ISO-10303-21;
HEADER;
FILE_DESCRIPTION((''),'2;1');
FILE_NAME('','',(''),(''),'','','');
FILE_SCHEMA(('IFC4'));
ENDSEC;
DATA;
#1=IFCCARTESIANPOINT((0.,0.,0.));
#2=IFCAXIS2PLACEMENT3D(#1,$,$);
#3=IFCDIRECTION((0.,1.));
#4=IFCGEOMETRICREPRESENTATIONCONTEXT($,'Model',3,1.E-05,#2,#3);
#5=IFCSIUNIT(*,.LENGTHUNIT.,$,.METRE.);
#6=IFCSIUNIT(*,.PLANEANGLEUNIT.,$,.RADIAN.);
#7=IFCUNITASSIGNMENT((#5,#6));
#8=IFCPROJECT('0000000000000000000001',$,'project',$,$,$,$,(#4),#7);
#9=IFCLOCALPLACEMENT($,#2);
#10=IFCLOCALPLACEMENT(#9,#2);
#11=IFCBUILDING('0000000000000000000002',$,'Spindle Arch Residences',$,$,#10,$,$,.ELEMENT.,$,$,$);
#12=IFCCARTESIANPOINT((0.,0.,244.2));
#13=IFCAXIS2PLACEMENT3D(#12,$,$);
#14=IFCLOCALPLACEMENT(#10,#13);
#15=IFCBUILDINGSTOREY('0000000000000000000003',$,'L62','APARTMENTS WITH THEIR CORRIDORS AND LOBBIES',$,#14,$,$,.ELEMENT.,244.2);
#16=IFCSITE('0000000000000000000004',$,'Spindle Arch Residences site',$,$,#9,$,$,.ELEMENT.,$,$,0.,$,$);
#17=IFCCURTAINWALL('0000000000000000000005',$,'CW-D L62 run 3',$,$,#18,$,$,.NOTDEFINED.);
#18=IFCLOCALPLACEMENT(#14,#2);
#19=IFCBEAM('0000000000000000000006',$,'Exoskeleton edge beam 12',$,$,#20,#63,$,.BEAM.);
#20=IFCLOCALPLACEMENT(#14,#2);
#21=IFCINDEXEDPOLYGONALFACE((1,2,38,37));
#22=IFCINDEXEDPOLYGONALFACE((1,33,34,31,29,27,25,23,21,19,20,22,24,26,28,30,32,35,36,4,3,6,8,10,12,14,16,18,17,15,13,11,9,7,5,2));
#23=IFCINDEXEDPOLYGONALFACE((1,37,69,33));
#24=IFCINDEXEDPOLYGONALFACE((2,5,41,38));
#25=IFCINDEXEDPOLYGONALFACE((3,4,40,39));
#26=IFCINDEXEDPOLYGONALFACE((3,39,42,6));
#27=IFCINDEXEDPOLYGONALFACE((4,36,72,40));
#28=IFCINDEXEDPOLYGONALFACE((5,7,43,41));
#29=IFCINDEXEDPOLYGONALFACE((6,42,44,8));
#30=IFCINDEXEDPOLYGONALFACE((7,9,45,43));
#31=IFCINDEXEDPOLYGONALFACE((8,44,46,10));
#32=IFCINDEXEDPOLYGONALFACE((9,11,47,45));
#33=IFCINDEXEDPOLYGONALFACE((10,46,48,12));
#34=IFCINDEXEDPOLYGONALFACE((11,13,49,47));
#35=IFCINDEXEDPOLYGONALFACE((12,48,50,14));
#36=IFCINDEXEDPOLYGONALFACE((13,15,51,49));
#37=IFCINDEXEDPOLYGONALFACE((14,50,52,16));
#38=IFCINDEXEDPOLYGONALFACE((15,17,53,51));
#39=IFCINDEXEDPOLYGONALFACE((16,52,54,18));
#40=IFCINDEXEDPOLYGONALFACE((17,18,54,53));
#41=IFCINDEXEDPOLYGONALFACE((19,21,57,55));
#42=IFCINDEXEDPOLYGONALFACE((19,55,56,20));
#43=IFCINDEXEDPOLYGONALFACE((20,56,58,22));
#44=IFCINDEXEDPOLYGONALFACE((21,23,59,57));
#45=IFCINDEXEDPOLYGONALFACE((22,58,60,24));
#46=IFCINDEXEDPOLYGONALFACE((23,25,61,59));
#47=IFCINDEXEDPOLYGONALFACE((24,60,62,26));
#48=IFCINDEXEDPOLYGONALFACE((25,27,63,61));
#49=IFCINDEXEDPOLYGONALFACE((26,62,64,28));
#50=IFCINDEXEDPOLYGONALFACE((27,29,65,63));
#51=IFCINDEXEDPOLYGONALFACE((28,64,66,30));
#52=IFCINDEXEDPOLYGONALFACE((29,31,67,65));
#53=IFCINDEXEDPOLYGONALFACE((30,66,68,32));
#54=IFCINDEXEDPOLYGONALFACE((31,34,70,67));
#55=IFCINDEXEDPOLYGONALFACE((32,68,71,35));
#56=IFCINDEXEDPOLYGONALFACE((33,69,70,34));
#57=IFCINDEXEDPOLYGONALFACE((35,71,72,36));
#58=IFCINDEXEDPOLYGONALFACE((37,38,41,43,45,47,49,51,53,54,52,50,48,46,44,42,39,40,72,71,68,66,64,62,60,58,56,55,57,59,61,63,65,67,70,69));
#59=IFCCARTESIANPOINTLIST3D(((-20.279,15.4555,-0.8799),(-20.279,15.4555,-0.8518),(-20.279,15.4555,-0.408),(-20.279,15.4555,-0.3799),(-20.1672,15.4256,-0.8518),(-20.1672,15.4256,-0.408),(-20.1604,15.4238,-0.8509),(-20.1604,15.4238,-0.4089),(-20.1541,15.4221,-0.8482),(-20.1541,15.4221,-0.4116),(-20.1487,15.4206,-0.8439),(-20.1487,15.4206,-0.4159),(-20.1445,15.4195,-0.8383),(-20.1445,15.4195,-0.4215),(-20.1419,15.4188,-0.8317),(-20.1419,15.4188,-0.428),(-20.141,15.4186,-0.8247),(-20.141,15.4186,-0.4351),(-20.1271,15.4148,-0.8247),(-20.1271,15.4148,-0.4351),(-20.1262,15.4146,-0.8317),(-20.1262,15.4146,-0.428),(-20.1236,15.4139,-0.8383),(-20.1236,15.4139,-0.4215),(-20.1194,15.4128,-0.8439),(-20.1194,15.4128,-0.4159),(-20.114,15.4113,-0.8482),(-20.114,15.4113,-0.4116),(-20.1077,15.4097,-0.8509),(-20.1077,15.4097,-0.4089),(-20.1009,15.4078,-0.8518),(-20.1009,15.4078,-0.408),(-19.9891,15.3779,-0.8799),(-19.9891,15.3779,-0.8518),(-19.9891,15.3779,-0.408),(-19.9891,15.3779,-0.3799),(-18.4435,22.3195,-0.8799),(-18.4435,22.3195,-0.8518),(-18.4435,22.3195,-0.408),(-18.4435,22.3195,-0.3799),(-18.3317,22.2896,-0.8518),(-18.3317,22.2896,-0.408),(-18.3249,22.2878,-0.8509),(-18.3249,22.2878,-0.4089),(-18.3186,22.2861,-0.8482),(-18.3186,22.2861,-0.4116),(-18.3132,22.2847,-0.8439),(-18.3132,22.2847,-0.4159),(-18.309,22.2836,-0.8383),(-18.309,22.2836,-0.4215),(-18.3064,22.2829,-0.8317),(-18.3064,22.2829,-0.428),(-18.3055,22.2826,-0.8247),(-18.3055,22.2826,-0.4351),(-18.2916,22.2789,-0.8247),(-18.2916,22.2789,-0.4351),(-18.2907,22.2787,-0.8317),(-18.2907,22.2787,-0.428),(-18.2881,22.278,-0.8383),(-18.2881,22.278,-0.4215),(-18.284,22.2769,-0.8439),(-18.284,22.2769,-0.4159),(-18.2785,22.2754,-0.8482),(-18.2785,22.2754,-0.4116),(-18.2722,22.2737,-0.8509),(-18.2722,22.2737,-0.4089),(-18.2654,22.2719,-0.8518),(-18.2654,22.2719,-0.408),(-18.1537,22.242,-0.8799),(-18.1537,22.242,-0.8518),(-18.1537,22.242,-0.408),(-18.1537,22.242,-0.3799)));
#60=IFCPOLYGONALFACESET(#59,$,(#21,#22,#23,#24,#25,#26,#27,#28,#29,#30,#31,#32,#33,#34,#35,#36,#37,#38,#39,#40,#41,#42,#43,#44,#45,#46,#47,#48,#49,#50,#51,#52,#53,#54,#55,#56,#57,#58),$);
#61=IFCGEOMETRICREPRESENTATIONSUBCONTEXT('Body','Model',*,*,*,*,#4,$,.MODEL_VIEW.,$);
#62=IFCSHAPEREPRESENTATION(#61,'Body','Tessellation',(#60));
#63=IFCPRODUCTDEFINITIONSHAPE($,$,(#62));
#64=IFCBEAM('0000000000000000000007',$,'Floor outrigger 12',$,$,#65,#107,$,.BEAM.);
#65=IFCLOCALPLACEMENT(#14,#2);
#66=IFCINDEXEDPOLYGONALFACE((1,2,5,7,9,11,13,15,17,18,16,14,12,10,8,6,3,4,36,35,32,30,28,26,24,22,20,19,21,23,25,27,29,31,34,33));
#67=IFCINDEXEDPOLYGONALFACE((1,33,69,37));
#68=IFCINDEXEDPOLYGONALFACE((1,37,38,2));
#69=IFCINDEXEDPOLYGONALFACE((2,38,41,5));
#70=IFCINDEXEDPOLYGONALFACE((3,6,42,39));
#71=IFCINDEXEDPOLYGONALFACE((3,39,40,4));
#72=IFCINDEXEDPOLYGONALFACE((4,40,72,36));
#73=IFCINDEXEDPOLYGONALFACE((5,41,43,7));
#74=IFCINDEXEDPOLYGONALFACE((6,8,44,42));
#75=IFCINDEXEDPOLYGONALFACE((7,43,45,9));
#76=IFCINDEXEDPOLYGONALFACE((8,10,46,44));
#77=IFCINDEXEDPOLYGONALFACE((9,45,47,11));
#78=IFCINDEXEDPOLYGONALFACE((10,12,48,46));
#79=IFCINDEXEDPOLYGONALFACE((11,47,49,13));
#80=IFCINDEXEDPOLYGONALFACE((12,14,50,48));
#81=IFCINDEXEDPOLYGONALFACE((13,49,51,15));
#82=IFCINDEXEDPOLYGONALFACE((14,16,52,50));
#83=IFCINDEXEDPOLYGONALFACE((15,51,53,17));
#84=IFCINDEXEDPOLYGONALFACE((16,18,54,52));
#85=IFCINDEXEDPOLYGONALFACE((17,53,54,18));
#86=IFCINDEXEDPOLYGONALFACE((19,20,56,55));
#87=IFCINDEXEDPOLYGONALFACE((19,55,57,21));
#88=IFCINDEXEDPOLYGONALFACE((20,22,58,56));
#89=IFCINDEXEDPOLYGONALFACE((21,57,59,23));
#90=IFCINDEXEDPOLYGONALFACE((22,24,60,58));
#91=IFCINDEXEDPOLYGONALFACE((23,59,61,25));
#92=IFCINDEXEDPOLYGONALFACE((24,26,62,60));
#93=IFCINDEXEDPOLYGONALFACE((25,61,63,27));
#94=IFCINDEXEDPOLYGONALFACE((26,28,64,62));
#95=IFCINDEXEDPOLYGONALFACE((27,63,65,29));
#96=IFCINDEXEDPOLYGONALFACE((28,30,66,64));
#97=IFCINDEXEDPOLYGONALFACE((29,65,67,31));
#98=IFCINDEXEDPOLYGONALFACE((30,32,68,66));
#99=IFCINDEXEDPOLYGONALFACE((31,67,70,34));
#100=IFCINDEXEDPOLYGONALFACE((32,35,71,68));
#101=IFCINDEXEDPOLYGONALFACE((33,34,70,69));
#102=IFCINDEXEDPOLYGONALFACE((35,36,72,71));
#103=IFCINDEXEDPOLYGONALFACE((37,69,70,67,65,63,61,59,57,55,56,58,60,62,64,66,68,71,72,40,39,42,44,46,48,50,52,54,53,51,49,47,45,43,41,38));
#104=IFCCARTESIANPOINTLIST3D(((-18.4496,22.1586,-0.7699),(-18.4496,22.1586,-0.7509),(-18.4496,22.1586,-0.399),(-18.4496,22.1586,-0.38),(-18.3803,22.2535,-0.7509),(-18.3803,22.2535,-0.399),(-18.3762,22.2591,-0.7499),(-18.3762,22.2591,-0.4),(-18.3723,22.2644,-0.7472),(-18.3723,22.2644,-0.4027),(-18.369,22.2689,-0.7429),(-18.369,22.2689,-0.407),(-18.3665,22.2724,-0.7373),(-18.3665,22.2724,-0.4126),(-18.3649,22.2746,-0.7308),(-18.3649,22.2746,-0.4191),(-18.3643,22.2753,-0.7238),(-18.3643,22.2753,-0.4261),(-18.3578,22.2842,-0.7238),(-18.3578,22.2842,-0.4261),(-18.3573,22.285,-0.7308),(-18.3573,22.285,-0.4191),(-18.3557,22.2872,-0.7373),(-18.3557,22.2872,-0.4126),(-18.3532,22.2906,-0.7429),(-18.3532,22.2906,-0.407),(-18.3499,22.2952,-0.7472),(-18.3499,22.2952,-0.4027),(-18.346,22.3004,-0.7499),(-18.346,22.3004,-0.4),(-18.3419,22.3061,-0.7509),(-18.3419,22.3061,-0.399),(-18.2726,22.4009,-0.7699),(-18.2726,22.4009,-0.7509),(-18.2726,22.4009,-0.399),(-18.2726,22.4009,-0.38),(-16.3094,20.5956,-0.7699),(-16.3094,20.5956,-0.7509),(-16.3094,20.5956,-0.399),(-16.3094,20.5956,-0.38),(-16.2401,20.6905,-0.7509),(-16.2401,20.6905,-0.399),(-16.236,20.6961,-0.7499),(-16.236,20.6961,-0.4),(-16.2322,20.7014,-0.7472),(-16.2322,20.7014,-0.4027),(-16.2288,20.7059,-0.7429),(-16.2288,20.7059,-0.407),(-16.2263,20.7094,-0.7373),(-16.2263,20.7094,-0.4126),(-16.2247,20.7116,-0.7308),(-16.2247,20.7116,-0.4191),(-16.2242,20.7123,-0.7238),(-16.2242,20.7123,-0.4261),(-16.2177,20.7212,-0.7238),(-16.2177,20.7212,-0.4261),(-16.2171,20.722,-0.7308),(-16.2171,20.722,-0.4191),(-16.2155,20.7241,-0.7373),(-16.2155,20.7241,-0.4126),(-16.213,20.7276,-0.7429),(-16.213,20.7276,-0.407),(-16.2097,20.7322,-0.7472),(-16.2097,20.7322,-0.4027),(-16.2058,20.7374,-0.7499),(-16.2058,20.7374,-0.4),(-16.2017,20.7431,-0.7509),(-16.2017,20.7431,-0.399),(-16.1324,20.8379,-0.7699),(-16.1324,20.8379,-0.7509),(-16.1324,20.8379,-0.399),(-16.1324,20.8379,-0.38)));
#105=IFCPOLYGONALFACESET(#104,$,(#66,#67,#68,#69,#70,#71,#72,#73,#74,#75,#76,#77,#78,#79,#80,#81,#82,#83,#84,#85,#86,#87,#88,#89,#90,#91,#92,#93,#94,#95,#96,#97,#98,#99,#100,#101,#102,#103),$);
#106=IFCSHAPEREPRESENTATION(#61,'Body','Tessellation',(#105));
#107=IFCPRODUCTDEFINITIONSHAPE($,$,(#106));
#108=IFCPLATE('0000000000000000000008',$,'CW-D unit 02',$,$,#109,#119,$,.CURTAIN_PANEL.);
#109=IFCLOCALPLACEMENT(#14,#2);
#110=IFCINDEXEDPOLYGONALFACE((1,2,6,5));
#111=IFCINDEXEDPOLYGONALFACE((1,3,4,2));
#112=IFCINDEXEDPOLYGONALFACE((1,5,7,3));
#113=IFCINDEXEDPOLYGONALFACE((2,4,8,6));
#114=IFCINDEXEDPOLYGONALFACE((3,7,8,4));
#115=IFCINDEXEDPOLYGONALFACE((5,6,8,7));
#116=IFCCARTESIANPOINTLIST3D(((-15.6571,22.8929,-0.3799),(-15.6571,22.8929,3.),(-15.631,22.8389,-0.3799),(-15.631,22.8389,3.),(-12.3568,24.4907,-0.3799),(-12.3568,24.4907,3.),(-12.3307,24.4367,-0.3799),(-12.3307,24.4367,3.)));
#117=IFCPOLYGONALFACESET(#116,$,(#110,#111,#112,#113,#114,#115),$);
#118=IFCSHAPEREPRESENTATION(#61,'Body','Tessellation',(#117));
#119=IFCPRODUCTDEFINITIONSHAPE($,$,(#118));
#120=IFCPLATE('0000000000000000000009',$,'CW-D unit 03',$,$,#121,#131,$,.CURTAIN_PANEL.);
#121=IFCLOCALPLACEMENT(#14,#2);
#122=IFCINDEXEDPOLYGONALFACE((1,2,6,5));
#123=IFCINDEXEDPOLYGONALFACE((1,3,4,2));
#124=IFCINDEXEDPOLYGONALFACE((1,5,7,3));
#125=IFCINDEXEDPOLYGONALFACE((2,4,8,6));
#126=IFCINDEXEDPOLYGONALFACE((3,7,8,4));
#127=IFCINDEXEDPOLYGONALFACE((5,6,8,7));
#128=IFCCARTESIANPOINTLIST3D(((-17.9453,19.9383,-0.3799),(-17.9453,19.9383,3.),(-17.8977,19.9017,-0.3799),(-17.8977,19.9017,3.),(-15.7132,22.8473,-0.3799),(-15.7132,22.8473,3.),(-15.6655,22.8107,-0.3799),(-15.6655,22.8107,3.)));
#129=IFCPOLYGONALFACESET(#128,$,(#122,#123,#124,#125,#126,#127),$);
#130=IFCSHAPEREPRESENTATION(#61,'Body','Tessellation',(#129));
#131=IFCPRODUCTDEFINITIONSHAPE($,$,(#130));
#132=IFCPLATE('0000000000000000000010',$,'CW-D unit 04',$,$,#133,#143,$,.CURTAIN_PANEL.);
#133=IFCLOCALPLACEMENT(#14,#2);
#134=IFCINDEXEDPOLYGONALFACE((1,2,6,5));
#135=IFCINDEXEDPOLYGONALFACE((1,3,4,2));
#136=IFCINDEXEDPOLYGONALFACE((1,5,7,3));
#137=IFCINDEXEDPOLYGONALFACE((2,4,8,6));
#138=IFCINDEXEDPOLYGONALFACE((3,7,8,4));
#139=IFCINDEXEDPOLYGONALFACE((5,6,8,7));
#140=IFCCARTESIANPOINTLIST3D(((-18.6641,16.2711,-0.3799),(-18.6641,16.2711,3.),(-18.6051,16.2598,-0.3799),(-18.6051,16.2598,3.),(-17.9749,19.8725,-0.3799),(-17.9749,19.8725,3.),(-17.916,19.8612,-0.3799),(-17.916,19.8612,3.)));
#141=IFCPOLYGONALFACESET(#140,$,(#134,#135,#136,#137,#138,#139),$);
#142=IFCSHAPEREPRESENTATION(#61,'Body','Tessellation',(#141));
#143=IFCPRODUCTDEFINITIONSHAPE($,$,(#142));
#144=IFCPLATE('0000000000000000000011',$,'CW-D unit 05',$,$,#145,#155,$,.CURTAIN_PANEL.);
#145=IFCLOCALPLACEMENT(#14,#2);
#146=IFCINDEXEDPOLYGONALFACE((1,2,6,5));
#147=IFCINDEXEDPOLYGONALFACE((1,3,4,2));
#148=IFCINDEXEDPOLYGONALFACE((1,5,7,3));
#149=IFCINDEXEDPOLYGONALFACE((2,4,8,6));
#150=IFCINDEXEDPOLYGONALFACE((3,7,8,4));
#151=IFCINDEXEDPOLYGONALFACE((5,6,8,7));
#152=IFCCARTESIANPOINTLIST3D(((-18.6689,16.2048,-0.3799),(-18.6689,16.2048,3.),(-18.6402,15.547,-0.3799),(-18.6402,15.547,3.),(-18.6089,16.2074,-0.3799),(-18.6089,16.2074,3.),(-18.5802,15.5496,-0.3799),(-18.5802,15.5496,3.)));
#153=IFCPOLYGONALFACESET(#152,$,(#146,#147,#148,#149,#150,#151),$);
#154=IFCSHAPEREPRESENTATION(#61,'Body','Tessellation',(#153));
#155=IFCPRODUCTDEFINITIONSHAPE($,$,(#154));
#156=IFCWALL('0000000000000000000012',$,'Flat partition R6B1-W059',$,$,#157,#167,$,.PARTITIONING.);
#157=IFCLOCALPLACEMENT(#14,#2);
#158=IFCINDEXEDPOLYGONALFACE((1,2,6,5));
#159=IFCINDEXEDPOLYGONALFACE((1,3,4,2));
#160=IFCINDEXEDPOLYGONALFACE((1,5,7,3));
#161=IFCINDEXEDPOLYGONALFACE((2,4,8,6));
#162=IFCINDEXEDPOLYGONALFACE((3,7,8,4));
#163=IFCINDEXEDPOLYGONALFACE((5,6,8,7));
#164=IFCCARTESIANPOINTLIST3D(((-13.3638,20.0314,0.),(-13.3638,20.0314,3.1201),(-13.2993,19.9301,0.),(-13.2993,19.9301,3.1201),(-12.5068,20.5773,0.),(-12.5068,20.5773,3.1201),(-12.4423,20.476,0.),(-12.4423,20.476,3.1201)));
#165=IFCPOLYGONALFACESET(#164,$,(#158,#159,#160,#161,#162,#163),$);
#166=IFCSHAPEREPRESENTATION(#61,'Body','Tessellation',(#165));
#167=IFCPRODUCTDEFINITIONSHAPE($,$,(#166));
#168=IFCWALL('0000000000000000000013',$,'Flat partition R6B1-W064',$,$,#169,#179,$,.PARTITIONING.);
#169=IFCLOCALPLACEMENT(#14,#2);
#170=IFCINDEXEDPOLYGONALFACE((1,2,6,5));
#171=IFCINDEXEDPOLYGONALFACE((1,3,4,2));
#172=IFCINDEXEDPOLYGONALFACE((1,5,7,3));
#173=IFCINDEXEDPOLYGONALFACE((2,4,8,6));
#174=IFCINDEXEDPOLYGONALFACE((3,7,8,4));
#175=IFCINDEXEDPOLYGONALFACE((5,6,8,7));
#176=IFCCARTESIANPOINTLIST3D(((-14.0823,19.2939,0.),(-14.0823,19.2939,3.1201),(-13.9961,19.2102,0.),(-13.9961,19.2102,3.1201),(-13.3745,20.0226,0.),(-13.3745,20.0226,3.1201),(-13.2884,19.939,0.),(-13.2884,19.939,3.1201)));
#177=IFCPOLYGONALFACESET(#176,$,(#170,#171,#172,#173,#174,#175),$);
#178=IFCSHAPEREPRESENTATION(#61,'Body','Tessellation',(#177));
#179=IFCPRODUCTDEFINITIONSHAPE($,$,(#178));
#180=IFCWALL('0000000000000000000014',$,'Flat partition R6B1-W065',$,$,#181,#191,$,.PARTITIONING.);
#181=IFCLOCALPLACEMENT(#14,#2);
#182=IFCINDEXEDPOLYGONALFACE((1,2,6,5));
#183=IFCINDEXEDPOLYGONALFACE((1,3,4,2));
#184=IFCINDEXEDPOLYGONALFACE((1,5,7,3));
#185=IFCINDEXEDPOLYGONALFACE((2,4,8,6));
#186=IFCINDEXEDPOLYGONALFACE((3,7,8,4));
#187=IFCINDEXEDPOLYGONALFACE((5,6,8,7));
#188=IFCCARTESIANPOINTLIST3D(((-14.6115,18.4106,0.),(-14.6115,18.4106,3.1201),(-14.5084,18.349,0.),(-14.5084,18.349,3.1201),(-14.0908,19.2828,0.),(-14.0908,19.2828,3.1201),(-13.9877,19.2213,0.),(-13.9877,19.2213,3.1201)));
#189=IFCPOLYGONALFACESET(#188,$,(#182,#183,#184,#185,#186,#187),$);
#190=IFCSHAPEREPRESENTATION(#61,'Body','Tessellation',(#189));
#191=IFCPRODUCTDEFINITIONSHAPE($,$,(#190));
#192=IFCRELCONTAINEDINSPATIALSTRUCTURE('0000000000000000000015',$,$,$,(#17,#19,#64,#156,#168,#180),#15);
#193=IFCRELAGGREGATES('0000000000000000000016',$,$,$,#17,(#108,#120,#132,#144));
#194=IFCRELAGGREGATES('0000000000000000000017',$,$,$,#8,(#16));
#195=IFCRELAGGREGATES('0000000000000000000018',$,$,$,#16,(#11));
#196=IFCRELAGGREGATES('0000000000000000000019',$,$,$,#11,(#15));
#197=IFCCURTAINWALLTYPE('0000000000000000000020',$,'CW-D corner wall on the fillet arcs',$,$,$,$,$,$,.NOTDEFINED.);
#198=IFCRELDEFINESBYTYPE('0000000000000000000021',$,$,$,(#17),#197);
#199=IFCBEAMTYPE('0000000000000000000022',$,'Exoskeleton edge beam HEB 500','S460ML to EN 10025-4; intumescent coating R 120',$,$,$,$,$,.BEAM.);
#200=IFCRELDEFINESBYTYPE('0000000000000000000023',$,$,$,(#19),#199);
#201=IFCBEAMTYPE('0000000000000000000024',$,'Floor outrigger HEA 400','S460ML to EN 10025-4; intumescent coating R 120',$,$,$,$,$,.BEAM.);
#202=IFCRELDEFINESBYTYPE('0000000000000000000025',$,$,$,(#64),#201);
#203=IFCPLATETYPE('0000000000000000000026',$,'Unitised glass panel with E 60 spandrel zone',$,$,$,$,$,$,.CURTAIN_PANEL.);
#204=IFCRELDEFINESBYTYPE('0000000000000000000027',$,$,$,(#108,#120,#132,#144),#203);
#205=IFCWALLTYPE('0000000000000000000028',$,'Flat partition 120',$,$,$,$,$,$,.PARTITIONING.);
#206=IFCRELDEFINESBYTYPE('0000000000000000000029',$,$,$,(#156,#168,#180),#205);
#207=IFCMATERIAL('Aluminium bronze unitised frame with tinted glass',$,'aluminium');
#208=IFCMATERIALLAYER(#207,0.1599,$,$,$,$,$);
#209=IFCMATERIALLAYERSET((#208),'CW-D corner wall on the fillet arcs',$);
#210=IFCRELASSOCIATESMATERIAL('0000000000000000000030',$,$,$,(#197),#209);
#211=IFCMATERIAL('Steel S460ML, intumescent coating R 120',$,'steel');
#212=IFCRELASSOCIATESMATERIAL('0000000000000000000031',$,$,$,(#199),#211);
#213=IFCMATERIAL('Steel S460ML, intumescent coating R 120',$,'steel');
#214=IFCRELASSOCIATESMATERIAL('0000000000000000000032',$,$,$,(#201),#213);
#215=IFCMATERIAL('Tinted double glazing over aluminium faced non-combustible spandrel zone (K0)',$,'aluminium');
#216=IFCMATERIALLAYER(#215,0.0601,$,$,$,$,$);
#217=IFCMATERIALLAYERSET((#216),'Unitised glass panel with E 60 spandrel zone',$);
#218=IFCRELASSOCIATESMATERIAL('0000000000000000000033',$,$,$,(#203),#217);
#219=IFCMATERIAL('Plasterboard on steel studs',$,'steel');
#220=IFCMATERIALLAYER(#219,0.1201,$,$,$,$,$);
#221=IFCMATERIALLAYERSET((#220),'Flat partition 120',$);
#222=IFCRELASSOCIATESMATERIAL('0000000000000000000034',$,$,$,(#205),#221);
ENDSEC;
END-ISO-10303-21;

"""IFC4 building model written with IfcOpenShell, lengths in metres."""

from ifc_helpers import new_model, si_unit, direction, frame, frame_2d, origin, origin_2d, place, context, subcontext, project, spatial, rectangle, i_section, extrude, material, layer, layer_set, material_profile, profile_set, type_object, element, aggregate, save


model = new_model("IFC4")

# Units and contexts
model_context = context("Model", 3, precision=1e-05, world=origin(), true_north=direction((0.0, 1.0)))
body_context = subcontext(model_context, "Body", "Model", "MODEL_VIEW")
ifc_project = project(units=[si_unit("LENGTHUNIT", "METRE"), si_unit("PLANEANGLEUNIT", "RADIAN")], contexts=[model_context])

# Site, building, storey
site_placement = place(None, origin())
site = spatial("IfcSite", under=ifc_project, at=site_placement, Name="Spindle Arch Residences site", CompositionType="ELEMENT", RefElevation=0.0)
building_placement = place(site_placement, origin())
building = spatial("IfcBuilding", under=site, at=building_placement, Name="Spindle Arch Residences", CompositionType="ELEMENT")
storey_placement = place(building_placement, frame((0.0, 0.0, 244.2)))
storey = spatial("IfcBuildingStorey", under=building, at=storey_placement, Name="L62", Description="APARTMENTS WITH THEIR CORRIDORS AND LOBBIES", CompositionType="ELEMENT", Elevation=244.2)

# Curtain wall
ifc_material_1 = material(Name="Aluminium bronze unitised frame with tinted glass", Category="aluminium")
ifc_layer_1 = layer(ifc_material_1, 0.1599)
ifc_layer_set_1 = layer_set([ifc_layer_1], Name="CW-D corner wall on the fillet arcs")
curtain_wall_type = type_object("IfcCurtainWallType", Name="CW-D corner wall on the fillet arcs", PredefinedType="NOTDEFINED", material=ifc_layer_set_1)
curtain_wall_placement = place(storey_placement, origin())
curtain_wall = element("IfcCurtainWall", 1, at=curtain_wall_placement, inside=storey, type_object=curtain_wall_type, Name="CW-D L62 run 3", PredefinedType="NOTDEFINED")

# Beams
ifc_material_2 = material(Name="Steel S460ML, intumescent coating R 120", Category="steel")
ifc_material_profile_1 = material_profile(ifc_material_2, i_section(OverallWidth=0.3, OverallDepth=0.5, WebThickness=0.0144, FlangeThickness=0.0281, FilletRadius=0.0271, at=origin_2d()), Name="HEB 500")
ifc_profile_set_1 = profile_set([ifc_material_profile_1], Name="Steel S460ML, intumescent coating R 120")
beam_type_1 = type_object("IfcBeamType", Name="Exoskeleton edge beam HEB 500", Description="S460ML to EN 10025-4; intumescent coating R 120", PredefinedType="BEAM", material=ifc_profile_set_1)
beam_1_placement = place(storey_placement, frame((-18.2986, 22.2808, -0.6299), z_axis=(-0.258326, -0.966058, 0.0), x_axis=(0.966058, -0.258326, 0.0)))
element("IfcBeam", 2, at=beam_1_placement, inside=storey, type_object=beam_type_1, Name="Exoskeleton edge beam 12", PredefinedType="BEAM", context=body_context, shape_type="SweptSolid", body=[
    extrude(i_section(OverallWidth=0.3, OverallDepth=0.5, WebThickness=0.0144, FlangeThickness=0.0281, FilletRadius=0.0271, at=origin_2d()), origin(), (0.0, 0.0, 1.0), 7.1052),
])
ifc_material_3 = material(Name="Steel S460ML, intumescent coating R 120", Category="steel")
ifc_material_profile_2 = material_profile(ifc_material_3, i_section(OverallWidth=0.3, OverallDepth=0.3899, WebThickness=0.011, FlangeThickness=0.019, FilletRadius=0.0271, at=origin_2d()), Name="HEA 400")
ifc_profile_set_2 = profile_set([ifc_material_profile_2], Name="Steel S460ML, intumescent coating R 120")
beam_type_2 = type_object("IfcBeamType", Name="Floor outrigger HEA 400", Description="S460ML to EN 10025-4; intumescent coating R 120", PredefinedType="BEAM", material=ifc_profile_set_2)
beam_2_placement = place(storey_placement, frame((-18.3611, 22.2798, -0.575), z_axis=(0.807563, -0.589781, 0.0), x_axis=(0.589781, 0.807563, 0.0)))
element("IfcBeam", 3, at=beam_2_placement, inside=storey, type_object=beam_type_2, Name="Floor outrigger 12", PredefinedType="BEAM", context=body_context, shape_type="SweptSolid", body=[
    extrude(i_section(OverallWidth=0.3, OverallDepth=0.3899, WebThickness=0.011, FlangeThickness=0.019, FilletRadius=0.0271, at=origin_2d()), origin(), (0.0, 0.0, 1.0), 2.6501),
])

# Plates
ifc_material_4 = material(Name="Tinted double glazing over aluminium faced non-combustible spandrel zone (K0)", Category="aluminium")
ifc_layer_2 = layer(ifc_material_4, 0.0601)
ifc_layer_set_2 = layer_set([ifc_layer_2], Name="Unitised glass panel with E 60 spandrel zone")
plate_type = type_object("IfcPlateType", Name="Unitised glass panel with E 60 spandrel zone", PredefinedType="CURTAIN_PANEL", material=ifc_layer_set_2)
plate_1_placement = place(storey_placement, frame((-13.9939, 23.6648, -0.3799), z_axis=(0.0, 0.0, 1.0), x_axis=(-0.900065, -0.435755, 0.0)))
plate_1 = element("IfcPlate", 4, at=plate_1_placement, type_object=plate_type, Name="CW-D unit 02", PredefinedType="CURTAIN_PANEL", context=body_context, shape_type="SweptSolid", body=[
    extrude(rectangle(XDim=3.6667, YDim=0.0601, at=origin_2d()), origin(), (0.0, 0.0, 1.0), 3.3799),
])
plate_2_placement = place(storey_placement, frame((-16.8054, 21.3745, -0.3799), z_axis=(0.0, 0.0, 1.0), x_axis=(-0.608761, -0.793353, 0.0)))
plate_2 = element("IfcPlate", 5, at=plate_2_placement, type_object=plate_type, Name="CW-D unit 03", PredefinedType="CURTAIN_PANEL", context=body_context, shape_type="SweptSolid", body=[
    extrude(rectangle(XDim=3.6667, YDim=0.0601, at=origin_2d()), origin(), (0.0, 0.0, 1.0), 3.3799),
])
plate_3_placement = place(storey_placement, frame((-18.29, 18.0662, -0.3799), z_axis=(0.0, 0.0, 1.0), x_axis=(-0.187953, -0.982178, 0.0)))
plate_3 = element("IfcPlate", 6, at=plate_3_placement, type_object=plate_type, Name="CW-D unit 04", PredefinedType="CURTAIN_PANEL", context=body_context, shape_type="SweptSolid", body=[
    extrude(rectangle(XDim=3.6667, YDim=0.0601, at=origin_2d()), origin(), (0.0, 0.0, 1.0), 3.3799),
])
plate_4_placement = place(storey_placement, frame((-18.6245, 15.8772, -0.3799), z_axis=(0.0, 0.0, 1.0), x_axis=(0.043619, -0.999048, 0.0)))
plate_4 = element("IfcPlate", 7, at=plate_4_placement, type_object=plate_type, Name="CW-D unit 05", PredefinedType="CURTAIN_PANEL", context=body_context, shape_type="SweptSolid", body=[
    extrude(rectangle(XDim=0.6584, YDim=0.0601, at=origin_2d()), origin(), (0.0, 0.0, 1.0), 3.3799),
])
aggregate(curtain_wall, [plate_1, plate_2, plate_3, plate_4])

# Walls
ifc_material_5 = material(Name="Plasterboard on steel studs", Category="steel")
ifc_layer_3 = layer(ifc_material_5, 0.1201)
ifc_layer_set_3 = layer_set([ifc_layer_3], Name="Flat partition 120")
wall_type_1 = type_object("IfcWallType", Name="Flat partition 120", PredefinedType="PARTITIONING", material=ifc_layer_set_3)
wall_1_placement = place(storey_placement, frame((-13.3315, 19.9807, 0.0), z_axis=(0.0, 0.0, 1.0), x_axis=(0.843404, 0.53728, 0.0)))
element("IfcWall", 8, at=wall_1_placement, inside=storey, type_object=wall_type_1, Name="Flat partition R6B1-W059", PredefinedType="PARTITIONING", context=body_context, shape_type="SweptSolid", body=[
    extrude(rectangle(XDim=1.0161, YDim=0.1201, at=frame_2d((0.5081, 0.0))), origin(), (0.0, 0.0, 1.0), 3.1201),
])
for number, where, z_axis, x_axis, name in (
    (9, (-13.3315, 19.9807, 0.0), (0.0, 0.0, 1.0), (-0.696697, -0.717365, 0.0), "Flat partition R6B1-W064"),
    (10, (-14.0393, 19.252, 0.0), (0.0, 0.0, 1.0), (-0.512586, -0.858636, 0.0), "Flat partition R6B1-W065"),
):
    element("IfcWall", number, at=place(storey_placement, frame(where, z_axis=z_axis, x_axis=x_axis)), inside=storey, type_object=wall_type_1, Name=name, PredefinedType="PARTITIONING", context=body_context, shape_type="SweptSolid", body=[
        extrude(rectangle(XDim=1.0159, YDim=0.1201, at=frame_2d((0.5078, 0.0))), origin(), (0.0, 0.0, 1.0), 3.1201),
    ])

save(model, "model.ifc")
